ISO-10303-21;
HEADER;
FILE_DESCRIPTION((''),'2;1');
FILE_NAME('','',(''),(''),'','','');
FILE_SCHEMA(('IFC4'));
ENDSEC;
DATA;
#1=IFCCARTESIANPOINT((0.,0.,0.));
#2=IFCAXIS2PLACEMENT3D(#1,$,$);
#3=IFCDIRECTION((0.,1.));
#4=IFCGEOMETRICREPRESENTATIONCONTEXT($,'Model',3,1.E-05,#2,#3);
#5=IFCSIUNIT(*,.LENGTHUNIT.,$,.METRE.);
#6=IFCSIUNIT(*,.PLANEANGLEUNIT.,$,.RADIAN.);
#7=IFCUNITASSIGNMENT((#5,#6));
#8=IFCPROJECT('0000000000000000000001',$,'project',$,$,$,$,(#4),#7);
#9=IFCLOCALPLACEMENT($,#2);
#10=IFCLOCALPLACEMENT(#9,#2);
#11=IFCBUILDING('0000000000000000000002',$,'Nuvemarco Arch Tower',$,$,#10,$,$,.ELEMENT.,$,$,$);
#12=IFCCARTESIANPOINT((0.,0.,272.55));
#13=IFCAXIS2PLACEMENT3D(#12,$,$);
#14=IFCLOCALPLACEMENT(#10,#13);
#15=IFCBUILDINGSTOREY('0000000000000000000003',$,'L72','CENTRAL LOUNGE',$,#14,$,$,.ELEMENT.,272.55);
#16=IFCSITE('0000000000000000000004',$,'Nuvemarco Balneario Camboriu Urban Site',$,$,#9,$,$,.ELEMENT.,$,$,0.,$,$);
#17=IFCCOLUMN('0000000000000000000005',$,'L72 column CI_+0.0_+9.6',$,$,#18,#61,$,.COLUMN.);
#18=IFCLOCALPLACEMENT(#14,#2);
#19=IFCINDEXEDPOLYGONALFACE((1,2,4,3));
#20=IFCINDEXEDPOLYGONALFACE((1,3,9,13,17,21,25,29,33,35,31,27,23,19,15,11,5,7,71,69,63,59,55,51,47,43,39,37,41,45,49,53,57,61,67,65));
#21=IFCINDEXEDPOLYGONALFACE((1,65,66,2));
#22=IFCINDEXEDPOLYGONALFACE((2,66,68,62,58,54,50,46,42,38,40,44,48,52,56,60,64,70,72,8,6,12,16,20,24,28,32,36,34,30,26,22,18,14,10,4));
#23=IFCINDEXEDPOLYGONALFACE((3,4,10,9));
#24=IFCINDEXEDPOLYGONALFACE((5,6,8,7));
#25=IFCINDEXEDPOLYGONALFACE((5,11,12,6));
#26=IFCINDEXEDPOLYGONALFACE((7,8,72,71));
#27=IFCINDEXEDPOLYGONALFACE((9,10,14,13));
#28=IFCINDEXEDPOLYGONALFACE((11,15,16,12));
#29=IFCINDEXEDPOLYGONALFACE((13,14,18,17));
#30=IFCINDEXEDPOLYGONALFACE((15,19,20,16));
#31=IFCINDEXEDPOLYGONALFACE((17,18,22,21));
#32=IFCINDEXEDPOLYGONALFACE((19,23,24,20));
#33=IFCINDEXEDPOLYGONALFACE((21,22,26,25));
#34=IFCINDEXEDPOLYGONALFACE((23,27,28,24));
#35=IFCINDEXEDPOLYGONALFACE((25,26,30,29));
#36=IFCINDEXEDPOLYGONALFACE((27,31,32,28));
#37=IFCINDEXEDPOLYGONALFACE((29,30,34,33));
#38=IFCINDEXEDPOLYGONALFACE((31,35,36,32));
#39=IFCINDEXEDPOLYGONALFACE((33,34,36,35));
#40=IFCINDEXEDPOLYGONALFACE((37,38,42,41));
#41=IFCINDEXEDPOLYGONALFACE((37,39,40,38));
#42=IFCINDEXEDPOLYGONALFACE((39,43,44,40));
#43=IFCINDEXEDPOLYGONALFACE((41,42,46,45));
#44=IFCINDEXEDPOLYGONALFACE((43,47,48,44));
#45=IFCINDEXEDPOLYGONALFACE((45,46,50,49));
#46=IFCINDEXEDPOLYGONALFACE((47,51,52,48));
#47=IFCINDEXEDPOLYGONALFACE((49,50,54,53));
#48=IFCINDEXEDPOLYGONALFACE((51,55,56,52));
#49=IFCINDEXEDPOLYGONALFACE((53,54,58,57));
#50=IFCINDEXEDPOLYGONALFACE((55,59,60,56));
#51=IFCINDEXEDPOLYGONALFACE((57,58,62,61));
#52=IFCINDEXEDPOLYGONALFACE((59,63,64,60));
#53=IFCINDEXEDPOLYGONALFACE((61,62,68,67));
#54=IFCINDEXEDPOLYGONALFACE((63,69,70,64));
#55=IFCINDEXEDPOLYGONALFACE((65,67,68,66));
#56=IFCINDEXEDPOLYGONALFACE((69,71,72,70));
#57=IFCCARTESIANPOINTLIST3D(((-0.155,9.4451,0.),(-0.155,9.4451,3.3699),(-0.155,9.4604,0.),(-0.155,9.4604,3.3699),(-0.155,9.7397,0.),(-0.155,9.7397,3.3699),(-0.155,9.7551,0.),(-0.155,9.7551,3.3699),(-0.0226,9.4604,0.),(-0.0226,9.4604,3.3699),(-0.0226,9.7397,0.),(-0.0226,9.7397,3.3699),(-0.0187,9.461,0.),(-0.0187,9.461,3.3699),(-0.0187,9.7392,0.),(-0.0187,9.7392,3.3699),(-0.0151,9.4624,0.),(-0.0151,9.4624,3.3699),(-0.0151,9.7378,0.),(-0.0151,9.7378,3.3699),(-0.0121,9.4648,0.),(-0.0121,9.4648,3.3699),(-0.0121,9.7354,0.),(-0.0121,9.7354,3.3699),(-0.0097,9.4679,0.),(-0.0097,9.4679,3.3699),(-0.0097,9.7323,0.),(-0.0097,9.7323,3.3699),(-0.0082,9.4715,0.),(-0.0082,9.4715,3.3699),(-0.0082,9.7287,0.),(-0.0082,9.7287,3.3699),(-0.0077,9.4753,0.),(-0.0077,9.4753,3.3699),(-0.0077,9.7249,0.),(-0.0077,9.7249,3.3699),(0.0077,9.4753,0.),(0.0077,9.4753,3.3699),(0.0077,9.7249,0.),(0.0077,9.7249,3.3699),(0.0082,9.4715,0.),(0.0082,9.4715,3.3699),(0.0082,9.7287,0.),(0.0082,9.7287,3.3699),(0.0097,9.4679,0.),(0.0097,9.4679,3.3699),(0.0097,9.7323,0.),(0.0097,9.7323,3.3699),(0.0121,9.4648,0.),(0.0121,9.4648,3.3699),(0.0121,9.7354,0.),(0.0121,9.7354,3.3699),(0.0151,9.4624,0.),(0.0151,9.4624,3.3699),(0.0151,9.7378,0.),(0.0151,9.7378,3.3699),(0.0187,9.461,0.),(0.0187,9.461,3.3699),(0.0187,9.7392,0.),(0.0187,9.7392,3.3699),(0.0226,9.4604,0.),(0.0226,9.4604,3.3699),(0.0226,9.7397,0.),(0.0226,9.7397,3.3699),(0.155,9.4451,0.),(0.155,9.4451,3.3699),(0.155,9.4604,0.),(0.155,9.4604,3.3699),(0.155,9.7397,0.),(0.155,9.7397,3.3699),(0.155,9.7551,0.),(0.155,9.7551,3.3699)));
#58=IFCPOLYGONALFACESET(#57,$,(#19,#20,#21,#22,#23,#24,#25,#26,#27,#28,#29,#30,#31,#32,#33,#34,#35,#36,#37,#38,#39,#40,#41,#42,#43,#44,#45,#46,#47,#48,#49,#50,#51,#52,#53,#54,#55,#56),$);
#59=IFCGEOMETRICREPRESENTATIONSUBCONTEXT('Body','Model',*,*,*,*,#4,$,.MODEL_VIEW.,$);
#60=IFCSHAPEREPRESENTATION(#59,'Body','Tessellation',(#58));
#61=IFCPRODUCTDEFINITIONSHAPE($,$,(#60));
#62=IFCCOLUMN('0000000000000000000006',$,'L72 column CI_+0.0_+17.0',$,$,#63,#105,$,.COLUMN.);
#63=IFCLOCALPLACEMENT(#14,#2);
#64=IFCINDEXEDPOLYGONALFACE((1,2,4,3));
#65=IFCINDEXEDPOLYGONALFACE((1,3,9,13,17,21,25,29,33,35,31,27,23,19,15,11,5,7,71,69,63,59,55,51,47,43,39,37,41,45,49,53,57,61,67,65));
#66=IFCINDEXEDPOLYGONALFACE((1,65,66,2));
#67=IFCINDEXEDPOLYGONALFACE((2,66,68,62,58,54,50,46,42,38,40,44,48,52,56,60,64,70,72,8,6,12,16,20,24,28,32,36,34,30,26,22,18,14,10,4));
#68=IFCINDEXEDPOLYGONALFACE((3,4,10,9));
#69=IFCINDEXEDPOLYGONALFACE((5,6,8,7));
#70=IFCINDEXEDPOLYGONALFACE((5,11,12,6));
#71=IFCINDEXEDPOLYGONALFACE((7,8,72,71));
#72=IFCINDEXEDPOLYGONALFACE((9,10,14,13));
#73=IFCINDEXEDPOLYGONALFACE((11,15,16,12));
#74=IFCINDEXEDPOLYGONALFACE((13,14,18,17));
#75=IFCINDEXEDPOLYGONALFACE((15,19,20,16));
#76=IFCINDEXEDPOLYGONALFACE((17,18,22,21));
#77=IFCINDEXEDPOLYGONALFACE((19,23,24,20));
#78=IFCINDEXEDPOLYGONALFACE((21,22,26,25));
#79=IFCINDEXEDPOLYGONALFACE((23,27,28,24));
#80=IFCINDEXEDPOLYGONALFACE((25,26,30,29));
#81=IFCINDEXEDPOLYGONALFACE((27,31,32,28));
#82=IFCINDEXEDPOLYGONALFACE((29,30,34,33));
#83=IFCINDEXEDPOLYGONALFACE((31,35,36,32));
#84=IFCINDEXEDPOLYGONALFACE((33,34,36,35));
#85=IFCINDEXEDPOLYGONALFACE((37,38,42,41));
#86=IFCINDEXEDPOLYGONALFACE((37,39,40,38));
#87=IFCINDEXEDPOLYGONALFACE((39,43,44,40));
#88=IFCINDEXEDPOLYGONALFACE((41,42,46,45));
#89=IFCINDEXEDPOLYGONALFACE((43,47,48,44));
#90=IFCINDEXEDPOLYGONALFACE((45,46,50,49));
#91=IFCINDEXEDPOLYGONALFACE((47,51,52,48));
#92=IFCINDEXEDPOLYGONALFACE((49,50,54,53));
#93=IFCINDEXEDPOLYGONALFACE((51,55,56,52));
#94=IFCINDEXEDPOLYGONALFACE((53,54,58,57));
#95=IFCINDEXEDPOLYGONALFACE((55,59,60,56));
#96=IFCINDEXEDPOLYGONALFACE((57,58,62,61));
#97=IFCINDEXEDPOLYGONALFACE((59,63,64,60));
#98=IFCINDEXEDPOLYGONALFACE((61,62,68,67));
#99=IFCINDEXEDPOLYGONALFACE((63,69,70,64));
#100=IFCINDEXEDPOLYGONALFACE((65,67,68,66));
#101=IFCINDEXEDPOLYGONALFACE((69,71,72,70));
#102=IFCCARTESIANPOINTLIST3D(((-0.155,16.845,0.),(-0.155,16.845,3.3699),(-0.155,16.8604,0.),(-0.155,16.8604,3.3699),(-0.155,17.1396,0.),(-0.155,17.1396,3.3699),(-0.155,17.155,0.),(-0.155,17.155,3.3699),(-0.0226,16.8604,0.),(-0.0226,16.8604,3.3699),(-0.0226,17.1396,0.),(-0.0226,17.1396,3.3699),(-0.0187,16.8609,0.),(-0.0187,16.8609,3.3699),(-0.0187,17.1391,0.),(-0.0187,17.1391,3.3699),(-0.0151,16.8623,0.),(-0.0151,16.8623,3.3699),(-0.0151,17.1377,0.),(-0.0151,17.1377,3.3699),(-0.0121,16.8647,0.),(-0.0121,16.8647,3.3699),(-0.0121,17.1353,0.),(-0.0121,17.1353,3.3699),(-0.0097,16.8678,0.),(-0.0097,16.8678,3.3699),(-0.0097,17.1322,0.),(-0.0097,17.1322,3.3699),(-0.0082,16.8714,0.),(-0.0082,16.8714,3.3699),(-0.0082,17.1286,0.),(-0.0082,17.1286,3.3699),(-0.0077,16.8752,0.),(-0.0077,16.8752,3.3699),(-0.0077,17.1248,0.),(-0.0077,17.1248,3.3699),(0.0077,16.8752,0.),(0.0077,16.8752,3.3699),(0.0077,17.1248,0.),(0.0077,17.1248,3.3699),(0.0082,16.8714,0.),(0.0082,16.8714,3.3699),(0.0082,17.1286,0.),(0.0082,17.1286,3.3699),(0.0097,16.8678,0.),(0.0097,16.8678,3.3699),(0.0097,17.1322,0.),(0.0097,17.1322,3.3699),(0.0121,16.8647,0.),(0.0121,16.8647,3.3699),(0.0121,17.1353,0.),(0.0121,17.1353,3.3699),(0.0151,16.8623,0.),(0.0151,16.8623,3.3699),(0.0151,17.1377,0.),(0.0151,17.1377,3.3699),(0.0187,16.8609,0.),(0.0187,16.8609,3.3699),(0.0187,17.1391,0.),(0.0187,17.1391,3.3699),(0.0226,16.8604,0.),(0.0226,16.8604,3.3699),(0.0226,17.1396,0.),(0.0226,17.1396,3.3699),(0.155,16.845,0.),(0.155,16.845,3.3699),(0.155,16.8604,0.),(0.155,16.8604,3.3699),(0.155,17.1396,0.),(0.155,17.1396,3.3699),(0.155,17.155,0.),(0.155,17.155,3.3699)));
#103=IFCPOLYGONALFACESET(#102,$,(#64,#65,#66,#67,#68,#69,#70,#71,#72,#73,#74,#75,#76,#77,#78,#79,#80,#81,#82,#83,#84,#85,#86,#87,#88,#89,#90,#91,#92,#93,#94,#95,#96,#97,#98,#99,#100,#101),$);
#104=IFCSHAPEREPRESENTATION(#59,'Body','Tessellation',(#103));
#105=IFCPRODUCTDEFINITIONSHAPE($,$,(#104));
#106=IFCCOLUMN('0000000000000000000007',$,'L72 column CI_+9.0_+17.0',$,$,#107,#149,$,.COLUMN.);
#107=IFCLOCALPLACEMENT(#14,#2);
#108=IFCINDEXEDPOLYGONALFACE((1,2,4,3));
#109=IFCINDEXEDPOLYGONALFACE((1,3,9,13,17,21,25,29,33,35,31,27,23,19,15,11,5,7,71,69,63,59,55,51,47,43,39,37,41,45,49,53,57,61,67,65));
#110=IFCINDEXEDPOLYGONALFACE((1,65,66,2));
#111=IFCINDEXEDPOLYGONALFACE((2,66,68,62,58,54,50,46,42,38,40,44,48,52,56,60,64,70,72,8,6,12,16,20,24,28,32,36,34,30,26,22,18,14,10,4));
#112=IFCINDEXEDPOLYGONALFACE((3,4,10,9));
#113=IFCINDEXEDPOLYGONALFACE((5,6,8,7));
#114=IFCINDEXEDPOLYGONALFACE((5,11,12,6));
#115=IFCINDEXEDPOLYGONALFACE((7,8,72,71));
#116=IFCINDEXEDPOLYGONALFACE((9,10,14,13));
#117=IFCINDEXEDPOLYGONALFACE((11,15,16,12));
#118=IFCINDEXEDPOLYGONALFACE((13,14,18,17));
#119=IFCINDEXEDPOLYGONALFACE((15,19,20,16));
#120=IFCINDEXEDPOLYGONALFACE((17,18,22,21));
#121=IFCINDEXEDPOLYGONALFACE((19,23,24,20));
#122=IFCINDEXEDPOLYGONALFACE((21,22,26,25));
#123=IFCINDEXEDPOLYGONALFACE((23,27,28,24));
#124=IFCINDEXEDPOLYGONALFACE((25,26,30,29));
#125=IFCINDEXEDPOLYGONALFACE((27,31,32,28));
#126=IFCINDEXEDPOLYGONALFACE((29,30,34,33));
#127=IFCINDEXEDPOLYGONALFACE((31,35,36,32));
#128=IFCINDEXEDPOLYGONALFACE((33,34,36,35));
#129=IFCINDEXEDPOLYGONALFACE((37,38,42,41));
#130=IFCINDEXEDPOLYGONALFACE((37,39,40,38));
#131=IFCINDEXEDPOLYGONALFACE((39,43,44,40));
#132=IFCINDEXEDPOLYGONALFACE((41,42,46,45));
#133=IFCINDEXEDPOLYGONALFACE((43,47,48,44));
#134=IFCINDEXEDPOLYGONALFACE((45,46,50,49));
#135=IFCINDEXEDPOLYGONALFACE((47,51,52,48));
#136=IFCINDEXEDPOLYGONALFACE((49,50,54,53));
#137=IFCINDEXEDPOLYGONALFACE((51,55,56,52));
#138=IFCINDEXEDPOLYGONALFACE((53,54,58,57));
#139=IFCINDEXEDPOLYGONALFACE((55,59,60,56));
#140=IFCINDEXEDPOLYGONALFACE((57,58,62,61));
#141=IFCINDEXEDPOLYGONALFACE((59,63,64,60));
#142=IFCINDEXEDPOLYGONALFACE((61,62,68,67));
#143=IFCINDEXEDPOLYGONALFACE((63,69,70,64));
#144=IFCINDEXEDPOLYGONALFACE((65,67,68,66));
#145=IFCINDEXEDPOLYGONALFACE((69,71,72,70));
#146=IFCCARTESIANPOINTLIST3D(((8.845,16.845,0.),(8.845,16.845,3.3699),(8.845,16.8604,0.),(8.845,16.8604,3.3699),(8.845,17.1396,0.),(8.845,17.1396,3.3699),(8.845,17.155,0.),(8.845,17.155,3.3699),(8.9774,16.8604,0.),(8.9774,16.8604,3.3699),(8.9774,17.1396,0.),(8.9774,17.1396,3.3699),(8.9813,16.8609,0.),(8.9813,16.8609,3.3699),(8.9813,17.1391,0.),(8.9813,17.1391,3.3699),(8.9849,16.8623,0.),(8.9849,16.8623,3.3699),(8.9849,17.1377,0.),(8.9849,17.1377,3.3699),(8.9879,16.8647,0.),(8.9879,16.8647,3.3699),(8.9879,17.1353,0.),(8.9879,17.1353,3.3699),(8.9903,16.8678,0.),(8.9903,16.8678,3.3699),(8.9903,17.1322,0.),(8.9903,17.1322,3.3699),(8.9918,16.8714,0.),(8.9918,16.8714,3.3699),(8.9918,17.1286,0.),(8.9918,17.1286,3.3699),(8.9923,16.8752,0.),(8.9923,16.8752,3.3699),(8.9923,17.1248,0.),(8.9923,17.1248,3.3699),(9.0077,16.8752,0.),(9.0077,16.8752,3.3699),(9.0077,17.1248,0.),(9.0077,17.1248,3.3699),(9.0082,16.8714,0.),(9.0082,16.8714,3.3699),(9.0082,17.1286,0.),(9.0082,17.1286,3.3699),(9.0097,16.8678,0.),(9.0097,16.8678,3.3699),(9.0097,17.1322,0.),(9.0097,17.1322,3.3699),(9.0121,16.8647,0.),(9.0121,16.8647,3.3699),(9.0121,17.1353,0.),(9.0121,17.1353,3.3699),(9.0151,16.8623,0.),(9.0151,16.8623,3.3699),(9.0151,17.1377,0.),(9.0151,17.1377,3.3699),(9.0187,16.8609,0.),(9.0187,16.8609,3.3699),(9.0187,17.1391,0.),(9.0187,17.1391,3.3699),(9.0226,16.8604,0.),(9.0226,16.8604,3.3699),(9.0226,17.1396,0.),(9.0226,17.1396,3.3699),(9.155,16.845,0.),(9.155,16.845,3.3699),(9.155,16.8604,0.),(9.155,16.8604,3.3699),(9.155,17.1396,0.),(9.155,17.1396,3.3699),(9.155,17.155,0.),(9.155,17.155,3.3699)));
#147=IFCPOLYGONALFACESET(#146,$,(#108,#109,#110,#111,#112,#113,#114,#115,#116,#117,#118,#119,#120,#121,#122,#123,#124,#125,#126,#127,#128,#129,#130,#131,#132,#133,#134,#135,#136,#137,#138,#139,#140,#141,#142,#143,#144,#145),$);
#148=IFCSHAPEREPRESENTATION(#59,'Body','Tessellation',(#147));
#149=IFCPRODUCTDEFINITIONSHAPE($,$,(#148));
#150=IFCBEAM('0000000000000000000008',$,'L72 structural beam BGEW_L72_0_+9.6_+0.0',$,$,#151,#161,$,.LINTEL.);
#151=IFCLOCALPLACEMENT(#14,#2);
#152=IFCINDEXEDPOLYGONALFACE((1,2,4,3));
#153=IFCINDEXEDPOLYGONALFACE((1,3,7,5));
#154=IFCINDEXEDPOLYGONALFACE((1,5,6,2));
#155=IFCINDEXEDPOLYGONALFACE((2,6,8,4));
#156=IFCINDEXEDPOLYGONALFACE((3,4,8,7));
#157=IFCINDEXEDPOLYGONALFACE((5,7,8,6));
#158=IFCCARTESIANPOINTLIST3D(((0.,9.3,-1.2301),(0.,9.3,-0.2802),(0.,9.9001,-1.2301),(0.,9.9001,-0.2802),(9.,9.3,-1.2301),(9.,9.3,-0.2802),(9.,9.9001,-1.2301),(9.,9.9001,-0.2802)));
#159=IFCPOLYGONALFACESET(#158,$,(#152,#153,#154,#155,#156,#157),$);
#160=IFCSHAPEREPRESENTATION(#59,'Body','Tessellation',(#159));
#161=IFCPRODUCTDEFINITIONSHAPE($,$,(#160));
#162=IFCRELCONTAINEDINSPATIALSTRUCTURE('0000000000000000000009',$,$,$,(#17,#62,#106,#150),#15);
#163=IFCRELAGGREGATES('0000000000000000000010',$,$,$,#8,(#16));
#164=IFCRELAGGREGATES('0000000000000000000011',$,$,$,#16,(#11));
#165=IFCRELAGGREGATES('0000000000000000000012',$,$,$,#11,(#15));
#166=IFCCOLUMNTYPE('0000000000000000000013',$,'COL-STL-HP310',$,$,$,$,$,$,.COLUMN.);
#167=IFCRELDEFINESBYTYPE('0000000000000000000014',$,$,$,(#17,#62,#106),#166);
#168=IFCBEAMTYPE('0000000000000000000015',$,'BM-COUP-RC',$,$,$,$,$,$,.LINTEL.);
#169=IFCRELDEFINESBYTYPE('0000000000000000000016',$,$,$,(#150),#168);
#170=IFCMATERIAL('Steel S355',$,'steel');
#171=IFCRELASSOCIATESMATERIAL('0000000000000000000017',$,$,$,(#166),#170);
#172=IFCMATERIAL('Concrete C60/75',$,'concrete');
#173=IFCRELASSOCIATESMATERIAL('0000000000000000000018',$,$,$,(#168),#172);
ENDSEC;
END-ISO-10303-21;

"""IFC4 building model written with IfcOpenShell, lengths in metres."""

from ifc_helpers import new_model, si_unit, direction, frame, origin, origin_2d, place, context, subcontext, project, spatial, rectangle, i_section, extrude, material, material_profile, profile_set, type_object, element, save


model = new_model("IFC4")

# Units and contexts
model_context = context("Model", 3, precision=1e-05, world=origin(), true_north=direction((0.0, 1.0)))
body_context = subcontext(model_context, "Body", "Model", "MODEL_VIEW")
ifc_project = project(units=[si_unit("LENGTHUNIT", "METRE"), si_unit("PLANEANGLEUNIT", "RADIAN")], contexts=[model_context])

# Site, building, storey
site_placement = place(None, origin())
site = spatial("IfcSite", under=ifc_project, at=site_placement, Name="Nuvemarco Balneario Camboriu Urban Site", CompositionType="ELEMENT", RefElevation=0.0)
building_placement = place(site_placement, origin())
building = spatial("IfcBuilding", under=site, at=building_placement, Name="Nuvemarco Arch Tower", CompositionType="ELEMENT")
storey_placement = place(building_placement, frame((0.0, 0.0, 272.55)))
storey = spatial("IfcBuildingStorey", under=building, at=storey_placement, Name="L72", Description="CENTRAL LOUNGE", CompositionType="ELEMENT", Elevation=272.55)

# Columns
ifc_material_1 = material(Name="Steel S355", Category="steel")
ifc_material_profile_1 = material_profile(ifc_material_1, i_section(OverallWidth=0.3101, OverallDepth=0.3101, WebThickness=0.0154, FlangeThickness=0.0154, FilletRadius=0.0149, at=origin_2d()), Name="HP310x110")
ifc_profile_set_1 = profile_set([ifc_material_profile_1], Name="Steel S355")
column_type_1 = type_object("IfcColumnType", Name="COL-STL-HP310", PredefinedType="COLUMN", material=ifc_profile_set_1)
for number, where, z_axis, x_axis, name in (
    (1, (0.0, 9.6001, 0.0), (0.0, 0.0, 1.0), (1.0, 0.0, 0.0), "L72 column CI_+0.0_+9.6"),
    (2, (0.0, 17.0, 0.0), (0.0, 0.0, 1.0), (1.0, 0.0, 0.0), "L72 column CI_+0.0_+17.0"),
    (3, (9.0, 17.0, 0.0), (0.0, 0.0, 1.0), (1.0, 0.0, 0.0), "L72 column CI_+9.0_+17.0"),
):
    element("IfcColumn", number, at=place(storey_placement, frame(where, z_axis=z_axis, x_axis=x_axis)), inside=storey, type_object=column_type_1, Name=name, PredefinedType="COLUMN", context=body_context, shape_type="SweptSolid", body=[
        extrude(i_section(OverallWidth=0.3101, OverallDepth=0.3101, WebThickness=0.0154, FlangeThickness=0.0154, FilletRadius=0.0149, at=origin_2d()), origin(), (0.0, 0.0, 1.0), 3.3699),
    ])

# Beam
ifc_material_2 = material(Name="Concrete C60/75", Category="concrete")
ifc_material_profile_2 = material_profile(ifc_material_2, rectangle(XDim=0.6001, YDim=0.95, at=origin_2d()), Name="RC-BM-600x950")
ifc_profile_set_2 = profile_set([ifc_material_profile_2], Name="Concrete C60/75")
beam_type_1 = type_object("IfcBeamType", Name="BM-COUP-RC", PredefinedType="LINTEL", material=ifc_profile_set_2)
beam_1_placement = place(storey_placement, frame((0.0, 9.6001, -0.7551), z_axis=(1.0, 0.0, 0.0), x_axis=(0.0, 1.0, 0.0)))
element("IfcBeam", 4, at=beam_1_placement, inside=storey, type_object=beam_type_1, Name="L72 structural beam BGEW_L72_0_+9.6_+0.0", PredefinedType="LINTEL", context=body_context, shape_type="SweptSolid", body=[
    extrude(rectangle(XDim=0.6001, YDim=0.95, at=origin_2d()), origin(), (0.0, 0.0, 1.0), 9.0),
])

save(model, "model.ifc")
